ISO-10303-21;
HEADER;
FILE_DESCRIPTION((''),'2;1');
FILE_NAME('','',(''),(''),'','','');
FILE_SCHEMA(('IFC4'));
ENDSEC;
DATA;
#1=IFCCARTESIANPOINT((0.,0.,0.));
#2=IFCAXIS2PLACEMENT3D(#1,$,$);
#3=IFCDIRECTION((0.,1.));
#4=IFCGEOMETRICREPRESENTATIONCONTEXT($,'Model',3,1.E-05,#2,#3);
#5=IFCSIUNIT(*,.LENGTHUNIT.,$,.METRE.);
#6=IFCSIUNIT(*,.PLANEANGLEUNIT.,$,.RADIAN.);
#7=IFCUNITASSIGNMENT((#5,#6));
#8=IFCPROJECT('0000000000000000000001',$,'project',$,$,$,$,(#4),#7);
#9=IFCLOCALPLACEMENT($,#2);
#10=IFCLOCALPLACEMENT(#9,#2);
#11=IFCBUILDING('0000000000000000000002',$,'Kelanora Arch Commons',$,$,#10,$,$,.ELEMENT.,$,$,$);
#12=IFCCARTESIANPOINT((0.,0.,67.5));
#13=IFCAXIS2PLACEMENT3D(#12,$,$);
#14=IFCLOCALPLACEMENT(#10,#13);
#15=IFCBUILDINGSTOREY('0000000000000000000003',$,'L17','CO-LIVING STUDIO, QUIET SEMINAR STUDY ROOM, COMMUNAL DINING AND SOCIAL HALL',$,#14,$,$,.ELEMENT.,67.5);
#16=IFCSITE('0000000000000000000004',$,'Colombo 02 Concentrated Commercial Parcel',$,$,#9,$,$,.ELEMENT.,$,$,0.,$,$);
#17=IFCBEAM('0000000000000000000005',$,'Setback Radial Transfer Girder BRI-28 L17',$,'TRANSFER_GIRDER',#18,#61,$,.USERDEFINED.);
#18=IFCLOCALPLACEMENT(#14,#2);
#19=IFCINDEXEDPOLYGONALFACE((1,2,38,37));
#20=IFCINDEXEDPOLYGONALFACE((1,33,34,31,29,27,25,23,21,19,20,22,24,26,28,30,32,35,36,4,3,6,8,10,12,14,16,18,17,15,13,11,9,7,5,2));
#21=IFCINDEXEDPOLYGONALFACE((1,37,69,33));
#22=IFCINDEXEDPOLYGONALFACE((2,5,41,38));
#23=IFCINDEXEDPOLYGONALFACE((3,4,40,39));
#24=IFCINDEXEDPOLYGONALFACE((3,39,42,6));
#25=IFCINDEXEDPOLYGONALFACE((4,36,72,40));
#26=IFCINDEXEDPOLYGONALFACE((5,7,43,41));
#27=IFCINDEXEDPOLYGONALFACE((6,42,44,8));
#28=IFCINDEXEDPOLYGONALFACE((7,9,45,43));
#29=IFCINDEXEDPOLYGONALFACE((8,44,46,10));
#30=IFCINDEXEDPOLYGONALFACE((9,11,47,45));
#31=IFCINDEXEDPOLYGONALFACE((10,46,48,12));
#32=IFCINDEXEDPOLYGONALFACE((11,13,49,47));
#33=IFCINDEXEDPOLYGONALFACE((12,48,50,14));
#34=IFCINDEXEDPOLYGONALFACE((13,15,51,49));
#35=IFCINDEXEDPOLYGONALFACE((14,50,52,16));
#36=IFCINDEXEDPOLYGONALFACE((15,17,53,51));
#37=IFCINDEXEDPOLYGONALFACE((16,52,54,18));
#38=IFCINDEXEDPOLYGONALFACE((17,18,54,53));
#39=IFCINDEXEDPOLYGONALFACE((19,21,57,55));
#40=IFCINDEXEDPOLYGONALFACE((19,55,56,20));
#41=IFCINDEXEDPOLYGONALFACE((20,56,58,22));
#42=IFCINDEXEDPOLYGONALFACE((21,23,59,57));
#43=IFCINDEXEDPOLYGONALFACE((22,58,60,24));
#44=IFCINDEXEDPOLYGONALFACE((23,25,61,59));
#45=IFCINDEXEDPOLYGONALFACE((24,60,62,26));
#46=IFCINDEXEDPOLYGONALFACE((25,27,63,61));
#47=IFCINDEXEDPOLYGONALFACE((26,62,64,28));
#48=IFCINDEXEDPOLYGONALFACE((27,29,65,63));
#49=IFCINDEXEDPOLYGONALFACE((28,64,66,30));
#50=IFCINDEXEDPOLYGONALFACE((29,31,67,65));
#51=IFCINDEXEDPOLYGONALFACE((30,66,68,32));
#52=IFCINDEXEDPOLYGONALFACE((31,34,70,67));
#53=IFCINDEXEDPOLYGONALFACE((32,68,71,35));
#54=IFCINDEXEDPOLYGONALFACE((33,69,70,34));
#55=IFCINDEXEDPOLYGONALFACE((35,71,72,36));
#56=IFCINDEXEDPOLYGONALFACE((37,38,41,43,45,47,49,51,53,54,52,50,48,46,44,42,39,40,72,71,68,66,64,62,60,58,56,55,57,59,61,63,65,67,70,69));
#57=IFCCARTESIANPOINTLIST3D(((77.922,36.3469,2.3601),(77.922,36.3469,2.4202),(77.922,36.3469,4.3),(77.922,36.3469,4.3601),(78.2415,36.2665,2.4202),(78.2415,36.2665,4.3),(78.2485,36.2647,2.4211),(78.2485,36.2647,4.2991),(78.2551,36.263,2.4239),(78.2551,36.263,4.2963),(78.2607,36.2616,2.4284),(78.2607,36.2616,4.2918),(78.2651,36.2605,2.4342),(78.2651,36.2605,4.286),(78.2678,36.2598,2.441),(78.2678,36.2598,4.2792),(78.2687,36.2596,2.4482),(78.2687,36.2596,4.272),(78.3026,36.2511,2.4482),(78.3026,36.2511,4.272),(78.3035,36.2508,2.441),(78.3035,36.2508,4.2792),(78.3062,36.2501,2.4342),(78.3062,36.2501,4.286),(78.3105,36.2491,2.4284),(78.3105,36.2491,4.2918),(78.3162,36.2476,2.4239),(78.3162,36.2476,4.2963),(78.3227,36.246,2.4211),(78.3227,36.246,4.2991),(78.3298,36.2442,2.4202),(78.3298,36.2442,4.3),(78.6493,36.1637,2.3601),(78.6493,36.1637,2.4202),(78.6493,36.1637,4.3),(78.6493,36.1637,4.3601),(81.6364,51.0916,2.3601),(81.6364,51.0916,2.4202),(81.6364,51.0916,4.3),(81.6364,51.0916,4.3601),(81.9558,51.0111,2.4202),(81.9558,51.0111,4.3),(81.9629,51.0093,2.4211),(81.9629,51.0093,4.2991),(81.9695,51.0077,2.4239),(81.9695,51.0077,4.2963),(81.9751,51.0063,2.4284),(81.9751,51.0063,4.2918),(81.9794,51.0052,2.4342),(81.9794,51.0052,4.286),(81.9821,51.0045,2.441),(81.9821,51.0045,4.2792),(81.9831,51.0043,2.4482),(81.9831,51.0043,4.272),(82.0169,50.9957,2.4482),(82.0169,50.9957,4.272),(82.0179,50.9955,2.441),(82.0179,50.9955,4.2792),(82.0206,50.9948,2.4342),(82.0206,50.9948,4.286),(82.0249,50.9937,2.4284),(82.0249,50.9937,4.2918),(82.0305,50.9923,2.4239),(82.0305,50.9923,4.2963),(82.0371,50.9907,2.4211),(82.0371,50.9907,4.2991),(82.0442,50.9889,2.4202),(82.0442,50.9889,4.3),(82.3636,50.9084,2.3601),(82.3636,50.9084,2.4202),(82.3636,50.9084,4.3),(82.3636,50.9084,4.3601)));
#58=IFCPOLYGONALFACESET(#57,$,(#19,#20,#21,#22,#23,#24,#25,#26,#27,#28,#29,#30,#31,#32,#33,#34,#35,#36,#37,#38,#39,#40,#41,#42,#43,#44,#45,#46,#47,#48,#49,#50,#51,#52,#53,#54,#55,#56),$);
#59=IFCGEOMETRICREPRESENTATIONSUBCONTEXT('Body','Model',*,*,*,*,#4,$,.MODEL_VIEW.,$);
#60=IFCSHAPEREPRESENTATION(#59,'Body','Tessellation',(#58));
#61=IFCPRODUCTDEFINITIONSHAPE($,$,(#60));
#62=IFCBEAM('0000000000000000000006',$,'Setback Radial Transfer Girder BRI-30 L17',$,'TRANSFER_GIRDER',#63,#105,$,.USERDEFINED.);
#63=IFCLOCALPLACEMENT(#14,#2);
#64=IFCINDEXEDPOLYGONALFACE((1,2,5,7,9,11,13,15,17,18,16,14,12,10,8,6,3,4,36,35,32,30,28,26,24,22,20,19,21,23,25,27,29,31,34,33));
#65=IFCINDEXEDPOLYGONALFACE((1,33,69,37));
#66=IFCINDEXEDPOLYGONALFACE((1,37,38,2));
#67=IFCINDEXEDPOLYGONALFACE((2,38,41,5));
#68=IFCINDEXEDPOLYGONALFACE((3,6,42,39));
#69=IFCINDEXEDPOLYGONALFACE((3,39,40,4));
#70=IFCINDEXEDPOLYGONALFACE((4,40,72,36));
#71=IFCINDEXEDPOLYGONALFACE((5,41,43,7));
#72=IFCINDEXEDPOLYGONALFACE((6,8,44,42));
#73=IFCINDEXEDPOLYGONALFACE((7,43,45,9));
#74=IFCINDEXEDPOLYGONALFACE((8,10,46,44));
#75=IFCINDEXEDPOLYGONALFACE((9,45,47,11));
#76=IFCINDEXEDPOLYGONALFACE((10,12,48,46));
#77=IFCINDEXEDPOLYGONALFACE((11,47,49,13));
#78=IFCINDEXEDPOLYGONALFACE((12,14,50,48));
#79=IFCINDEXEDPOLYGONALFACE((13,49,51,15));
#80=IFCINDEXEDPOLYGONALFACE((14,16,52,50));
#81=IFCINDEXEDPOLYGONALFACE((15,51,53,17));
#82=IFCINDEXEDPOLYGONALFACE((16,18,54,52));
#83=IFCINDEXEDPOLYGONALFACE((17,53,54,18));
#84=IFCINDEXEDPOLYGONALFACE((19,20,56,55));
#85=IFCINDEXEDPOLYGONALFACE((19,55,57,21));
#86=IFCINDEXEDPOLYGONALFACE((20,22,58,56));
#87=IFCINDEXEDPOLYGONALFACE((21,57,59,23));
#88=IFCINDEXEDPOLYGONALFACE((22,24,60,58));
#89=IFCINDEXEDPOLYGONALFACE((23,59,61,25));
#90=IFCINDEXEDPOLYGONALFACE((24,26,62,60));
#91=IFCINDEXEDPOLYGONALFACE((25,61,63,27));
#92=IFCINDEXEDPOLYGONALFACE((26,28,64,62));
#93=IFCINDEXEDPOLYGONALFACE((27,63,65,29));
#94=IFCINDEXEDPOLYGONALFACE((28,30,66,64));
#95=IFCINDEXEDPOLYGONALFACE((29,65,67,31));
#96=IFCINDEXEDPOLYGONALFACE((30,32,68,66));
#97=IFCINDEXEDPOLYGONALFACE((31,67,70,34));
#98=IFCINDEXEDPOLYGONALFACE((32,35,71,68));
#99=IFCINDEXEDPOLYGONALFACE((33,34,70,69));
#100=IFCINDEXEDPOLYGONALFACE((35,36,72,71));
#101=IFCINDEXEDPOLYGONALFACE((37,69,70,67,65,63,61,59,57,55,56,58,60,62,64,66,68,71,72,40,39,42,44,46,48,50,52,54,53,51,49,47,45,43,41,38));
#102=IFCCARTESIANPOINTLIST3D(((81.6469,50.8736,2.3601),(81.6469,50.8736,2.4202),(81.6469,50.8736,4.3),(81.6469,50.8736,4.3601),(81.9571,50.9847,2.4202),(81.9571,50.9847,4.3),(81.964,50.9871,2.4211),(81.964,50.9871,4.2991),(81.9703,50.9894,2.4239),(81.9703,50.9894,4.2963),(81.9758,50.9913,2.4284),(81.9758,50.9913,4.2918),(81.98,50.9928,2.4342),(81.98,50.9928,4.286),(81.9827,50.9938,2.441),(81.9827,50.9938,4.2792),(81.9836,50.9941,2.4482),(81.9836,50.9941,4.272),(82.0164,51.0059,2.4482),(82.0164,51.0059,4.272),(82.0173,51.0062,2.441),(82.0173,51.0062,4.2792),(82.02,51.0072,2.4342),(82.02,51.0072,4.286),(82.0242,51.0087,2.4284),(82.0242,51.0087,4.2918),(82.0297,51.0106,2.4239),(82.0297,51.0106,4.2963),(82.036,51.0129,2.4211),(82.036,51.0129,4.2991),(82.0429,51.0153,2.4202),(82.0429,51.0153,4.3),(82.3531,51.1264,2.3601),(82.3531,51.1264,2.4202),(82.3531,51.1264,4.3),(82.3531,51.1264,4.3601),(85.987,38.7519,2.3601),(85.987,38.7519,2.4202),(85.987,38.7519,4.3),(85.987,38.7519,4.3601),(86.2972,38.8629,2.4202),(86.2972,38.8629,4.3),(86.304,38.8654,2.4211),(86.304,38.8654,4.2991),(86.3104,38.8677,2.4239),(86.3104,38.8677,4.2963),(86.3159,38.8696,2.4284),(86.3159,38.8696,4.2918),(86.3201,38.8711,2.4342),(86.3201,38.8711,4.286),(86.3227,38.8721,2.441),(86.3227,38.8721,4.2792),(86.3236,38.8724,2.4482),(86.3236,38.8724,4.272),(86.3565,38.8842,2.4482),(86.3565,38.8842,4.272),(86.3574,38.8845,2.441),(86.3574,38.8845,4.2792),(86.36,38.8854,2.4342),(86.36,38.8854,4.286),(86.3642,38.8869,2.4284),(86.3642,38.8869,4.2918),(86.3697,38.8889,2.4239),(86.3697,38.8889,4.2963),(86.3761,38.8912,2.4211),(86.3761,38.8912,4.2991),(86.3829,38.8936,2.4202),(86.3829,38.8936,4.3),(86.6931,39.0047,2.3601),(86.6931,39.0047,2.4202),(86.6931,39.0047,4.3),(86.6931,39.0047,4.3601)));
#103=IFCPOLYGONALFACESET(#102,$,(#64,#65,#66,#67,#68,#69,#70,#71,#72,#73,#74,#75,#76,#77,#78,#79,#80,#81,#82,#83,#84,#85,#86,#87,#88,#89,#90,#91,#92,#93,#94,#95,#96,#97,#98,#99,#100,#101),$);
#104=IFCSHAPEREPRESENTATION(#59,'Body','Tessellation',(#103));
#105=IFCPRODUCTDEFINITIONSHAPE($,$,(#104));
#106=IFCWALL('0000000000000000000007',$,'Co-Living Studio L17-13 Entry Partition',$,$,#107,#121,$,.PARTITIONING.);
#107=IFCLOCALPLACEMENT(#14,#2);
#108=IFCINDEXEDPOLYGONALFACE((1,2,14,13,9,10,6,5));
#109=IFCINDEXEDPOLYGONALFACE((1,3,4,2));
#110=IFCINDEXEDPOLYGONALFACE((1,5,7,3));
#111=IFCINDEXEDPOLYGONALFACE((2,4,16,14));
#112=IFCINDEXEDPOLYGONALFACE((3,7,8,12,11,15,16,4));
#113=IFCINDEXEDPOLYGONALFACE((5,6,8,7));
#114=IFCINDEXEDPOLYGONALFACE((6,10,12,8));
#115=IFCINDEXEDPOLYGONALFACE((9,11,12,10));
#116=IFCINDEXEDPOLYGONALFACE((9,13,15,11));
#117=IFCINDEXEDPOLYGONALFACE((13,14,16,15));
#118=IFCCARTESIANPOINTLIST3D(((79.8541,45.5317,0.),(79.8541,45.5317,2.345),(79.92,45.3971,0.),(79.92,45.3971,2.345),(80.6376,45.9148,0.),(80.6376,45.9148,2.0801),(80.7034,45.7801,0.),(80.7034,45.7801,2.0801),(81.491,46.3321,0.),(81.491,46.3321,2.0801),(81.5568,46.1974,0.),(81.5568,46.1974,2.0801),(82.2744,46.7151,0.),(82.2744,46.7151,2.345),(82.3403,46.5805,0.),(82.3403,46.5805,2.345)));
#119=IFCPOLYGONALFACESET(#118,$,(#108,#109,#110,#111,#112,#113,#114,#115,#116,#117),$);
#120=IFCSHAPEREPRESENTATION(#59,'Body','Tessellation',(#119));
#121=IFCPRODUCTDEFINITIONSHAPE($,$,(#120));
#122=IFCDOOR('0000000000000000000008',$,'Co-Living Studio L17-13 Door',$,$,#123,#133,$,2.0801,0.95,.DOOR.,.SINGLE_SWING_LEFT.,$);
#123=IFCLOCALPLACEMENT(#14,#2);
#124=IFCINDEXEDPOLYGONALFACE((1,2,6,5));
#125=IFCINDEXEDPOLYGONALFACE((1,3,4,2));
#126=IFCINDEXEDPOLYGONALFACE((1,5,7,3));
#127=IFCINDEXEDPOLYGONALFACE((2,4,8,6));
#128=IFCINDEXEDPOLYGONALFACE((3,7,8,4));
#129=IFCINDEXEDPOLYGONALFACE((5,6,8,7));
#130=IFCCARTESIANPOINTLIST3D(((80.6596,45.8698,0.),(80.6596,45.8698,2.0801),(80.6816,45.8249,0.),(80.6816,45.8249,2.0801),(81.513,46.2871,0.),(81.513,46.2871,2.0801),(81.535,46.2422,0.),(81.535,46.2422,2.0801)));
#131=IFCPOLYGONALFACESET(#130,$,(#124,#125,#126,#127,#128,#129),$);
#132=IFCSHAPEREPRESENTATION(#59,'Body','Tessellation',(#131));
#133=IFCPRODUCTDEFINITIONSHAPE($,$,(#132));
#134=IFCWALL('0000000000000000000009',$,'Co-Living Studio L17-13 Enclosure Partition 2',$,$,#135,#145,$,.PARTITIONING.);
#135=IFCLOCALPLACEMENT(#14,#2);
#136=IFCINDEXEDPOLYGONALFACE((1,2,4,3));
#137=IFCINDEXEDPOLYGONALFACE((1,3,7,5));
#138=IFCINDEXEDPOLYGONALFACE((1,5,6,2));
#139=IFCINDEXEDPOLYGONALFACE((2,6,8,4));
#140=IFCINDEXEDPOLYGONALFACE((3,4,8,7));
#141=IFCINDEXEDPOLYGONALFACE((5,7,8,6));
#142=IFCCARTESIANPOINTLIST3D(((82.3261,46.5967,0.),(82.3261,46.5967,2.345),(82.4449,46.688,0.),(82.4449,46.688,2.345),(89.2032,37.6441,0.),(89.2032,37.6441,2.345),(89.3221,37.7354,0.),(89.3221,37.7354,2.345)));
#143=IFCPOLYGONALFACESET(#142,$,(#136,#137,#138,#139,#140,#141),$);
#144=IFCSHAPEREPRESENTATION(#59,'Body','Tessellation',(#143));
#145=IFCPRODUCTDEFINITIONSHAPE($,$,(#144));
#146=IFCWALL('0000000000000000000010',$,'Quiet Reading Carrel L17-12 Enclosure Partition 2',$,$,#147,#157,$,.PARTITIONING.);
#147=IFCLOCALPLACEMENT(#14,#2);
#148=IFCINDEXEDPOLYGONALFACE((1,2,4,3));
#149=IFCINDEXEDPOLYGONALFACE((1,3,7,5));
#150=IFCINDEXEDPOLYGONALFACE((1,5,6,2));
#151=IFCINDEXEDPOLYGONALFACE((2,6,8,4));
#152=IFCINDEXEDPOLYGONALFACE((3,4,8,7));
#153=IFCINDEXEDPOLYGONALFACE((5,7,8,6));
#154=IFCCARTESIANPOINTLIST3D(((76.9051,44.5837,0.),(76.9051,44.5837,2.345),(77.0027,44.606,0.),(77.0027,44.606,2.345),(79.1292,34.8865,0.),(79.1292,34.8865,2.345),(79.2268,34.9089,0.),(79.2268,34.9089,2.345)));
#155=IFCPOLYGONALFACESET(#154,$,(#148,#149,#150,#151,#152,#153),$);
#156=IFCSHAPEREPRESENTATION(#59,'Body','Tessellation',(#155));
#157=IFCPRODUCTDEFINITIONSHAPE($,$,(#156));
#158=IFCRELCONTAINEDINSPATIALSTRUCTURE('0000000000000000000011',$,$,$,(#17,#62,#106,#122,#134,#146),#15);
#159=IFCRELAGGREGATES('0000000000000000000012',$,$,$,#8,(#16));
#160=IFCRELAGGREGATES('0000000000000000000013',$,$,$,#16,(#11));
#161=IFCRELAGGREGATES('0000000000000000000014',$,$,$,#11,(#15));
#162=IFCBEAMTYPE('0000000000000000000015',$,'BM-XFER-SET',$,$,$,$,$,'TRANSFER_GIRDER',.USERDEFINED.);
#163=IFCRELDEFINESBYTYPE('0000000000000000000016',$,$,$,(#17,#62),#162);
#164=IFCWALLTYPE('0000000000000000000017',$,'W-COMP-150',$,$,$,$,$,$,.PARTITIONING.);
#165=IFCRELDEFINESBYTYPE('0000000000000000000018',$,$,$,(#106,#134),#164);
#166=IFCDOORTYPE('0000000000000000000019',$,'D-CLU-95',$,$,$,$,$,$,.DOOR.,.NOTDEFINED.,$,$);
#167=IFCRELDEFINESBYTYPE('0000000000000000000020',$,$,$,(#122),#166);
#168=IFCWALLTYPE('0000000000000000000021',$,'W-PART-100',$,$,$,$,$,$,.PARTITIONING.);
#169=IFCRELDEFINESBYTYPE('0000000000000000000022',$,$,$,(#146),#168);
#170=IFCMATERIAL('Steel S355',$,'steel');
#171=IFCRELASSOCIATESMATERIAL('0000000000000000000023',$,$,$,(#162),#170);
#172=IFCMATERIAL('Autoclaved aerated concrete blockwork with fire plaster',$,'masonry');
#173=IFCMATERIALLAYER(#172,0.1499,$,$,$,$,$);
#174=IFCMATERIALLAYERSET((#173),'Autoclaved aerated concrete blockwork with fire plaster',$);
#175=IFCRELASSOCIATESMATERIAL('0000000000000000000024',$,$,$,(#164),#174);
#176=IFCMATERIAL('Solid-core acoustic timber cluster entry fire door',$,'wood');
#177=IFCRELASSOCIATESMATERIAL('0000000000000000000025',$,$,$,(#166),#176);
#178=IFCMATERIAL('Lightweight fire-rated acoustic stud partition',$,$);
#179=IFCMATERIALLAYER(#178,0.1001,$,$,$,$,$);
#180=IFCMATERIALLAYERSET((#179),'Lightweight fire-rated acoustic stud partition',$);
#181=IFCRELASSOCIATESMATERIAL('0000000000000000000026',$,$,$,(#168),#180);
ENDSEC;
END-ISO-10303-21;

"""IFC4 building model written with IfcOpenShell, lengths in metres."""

from ifc_helpers import new_model, si_unit, direction, frame, frame_2d, origin, origin_2d, place, context, subcontext, project, spatial, rectangle, i_section, extrude, material, layer, layer_set, material_profile, profile_set, type_object, element, fill, save


model = new_model("IFC4")

# Units and contexts
model_context = context("Model", 3, precision=1e-05, world=origin(), true_north=direction((0.0, 1.0)))
body_context = subcontext(model_context, "Body", "Model", "MODEL_VIEW")
ifc_project = project(units=[si_unit("LENGTHUNIT", "METRE"), si_unit("PLANEANGLEUNIT", "RADIAN")], contexts=[model_context])

# Site, building, storey
site_placement = place(None, origin())
site = spatial("IfcSite", under=ifc_project, at=site_placement, Name="Colombo 02 Concentrated Commercial Parcel", CompositionType="ELEMENT", RefElevation=0.0)
building_placement = place(site_placement, origin())
building = spatial("IfcBuilding", under=site, at=building_placement, Name="Kelanora Arch Commons", CompositionType="ELEMENT")
storey_placement = place(building_placement, frame((0.0, 0.0, 67.5)))
storey = spatial("IfcBuildingStorey", under=building, at=storey_placement, Name="L17", Description="CO-LIVING STUDIO, QUIET SEMINAR STUDY ROOM, COMMUNAL DINING AND SOCIAL HALL", CompositionType="ELEMENT", Elevation=67.5)

# Beams
ifc_material_1 = material(Name="Steel S355", Category="steel")
ifc_material_profile_1 = material_profile(ifc_material_1, i_section(OverallWidth=0.75, OverallDepth=2.0, WebThickness=0.0349, FlangeThickness=0.0601, FilletRadius=0.0281, at=origin_2d()), Name="PG2000x750")
ifc_profile_set_1 = profile_set([ifc_material_profile_1], Name="Steel S355")
beam_type_1 = type_object("IfcBeamType", Name="BM-XFER-SET", ElementType="TRANSFER_GIRDER", PredefinedType="USERDEFINED", material=ifc_profile_set_1)
beam_1_placement = place(storey_placement, frame((82.0, 51.0, 3.3601), z_axis=(-0.244281, -0.969705, 0.0), x_axis=(0.969705, -0.244281, 0.0)))
element("IfcBeam", 1, at=beam_1_placement, inside=storey, type_object=beam_type_1, Name="Setback Radial Transfer Girder BRI-28 L17", ObjectType="TRANSFER_GIRDER", PredefinedType="USERDEFINED", context=body_context, shape_type="SweptSolid", body=[
    extrude(i_section(OverallWidth=0.75, OverallDepth=2.0, WebThickness=0.0349, FlangeThickness=0.0601, FilletRadius=0.0281, at=origin_2d()), origin(), (0.0, 0.0, 1.0), 15.2053),
])
beam_2_placement = place(storey_placement, frame((82.0, 51.0, 3.3601), z_axis=(0.337085, -0.941474, 0.0), x_axis=(0.941474, 0.337085, 0.0)))
element("IfcBeam", 2, at=beam_2_placement, inside=storey, type_object=beam_type_1, Name="Setback Radial Transfer Girder BRI-30 L17", ObjectType="TRANSFER_GIRDER", PredefinedType="USERDEFINED", context=body_context, shape_type="SweptSolid", body=[
    extrude(i_section(OverallWidth=0.75, OverallDepth=2.0, WebThickness=0.0349, FlangeThickness=0.0601, FilletRadius=0.0281, at=origin_2d()), origin(), (0.0, 0.0, 1.0), 12.8752),
])

# Wall, opening, door
ifc_material_2 = material(Name="Autoclaved aerated concrete blockwork with fire plaster", Category="masonry")
ifc_layer_1 = layer(ifc_material_2, 0.1499)
ifc_layer_set_1 = layer_set([ifc_layer_1], Name="Autoclaved aerated concrete blockwork with fire plaster")
wall_type_1 = type_object("IfcWallType", Name="W-COMP-150", PredefinedType="PARTITIONING", material=ifc_layer_set_1)
wall_1_placement = place(storey_placement, frame((79.887, 45.4644, 0.0), z_axis=(0.0, 0.0, 1.0), x_axis=(0.898361, 0.439257, 0.0)))
wall_1 = element("IfcWall", 3, at=wall_1_placement, inside=storey, type_object=wall_type_1, Name="Co-Living Studio L17-13 Entry Partition", PredefinedType="PARTITIONING", context=body_context, shape_type="SweptSolid", body=[
    extrude(rectangle(XDim=2.6941, YDim=0.1499, at=frame_2d((1.3472, 0.0))), origin(), (0.0, 0.0, 1.0), 2.345),
])
opening_1_placement = place(wall_1_placement, frame((0.8721, 0.0, 0.0)))
opening_1 = element("IfcOpeningElement", 4, at=opening_1_placement, cuts=wall_1, PredefinedType="OPENING", context=body_context, shape_type="SweptSolid", body=[
    extrude(rectangle(XDim=0.95, YDim=2.0801, at=frame_2d((0.4751, 1.04))), frame((0.0, 0.085, 0.0), z_axis=(0.0, -1.0, 0.0), x_axis=(1.0, 0.0, 0.0)), (0.0, 0.0, 1.0), 0.1699),
])
ifc_material_3 = material(Name="Solid-core acoustic timber cluster entry fire door", Category="wood")
door_type_1 = type_object("IfcDoorType", Name="D-CLU-95", OperationType="NOTDEFINED", PredefinedType="DOOR", material=ifc_material_3)
door_1_placement = place(opening_1_placement, origin())
door_1 = element("IfcDoor", 5, at=door_1_placement, inside=storey, type_object=door_type_1, Name="Co-Living Studio L17-13 Door", OperationType="SINGLE_SWING_LEFT", OverallHeight=2.0801, OverallWidth=0.95, PredefinedType="DOOR", context=body_context, shape_type="SweptSolid", body=[
    extrude(rectangle(XDim=0.95, YDim=2.0801, at=frame_2d((0.4751, 1.04))), frame((0.0, 0.0249, 0.0), z_axis=(0.0, -1.0, 0.0), x_axis=(1.0, 0.0, 0.0)), (0.0, 0.0, 1.0), 0.05),
])
fill(opening_1, door_1)

# Walls
wall_2_placement = place(storey_placement, frame((82.3855, 46.6423, 0.0), z_axis=(0.0, 0.0, 1.0), x_axis=(0.609185, -0.793028, 0.0)))
element("IfcWall", 6, at=wall_2_placement, inside=storey, type_object=wall_type_1, Name="Co-Living Studio L17-13 Enclosure Partition 2", PredefinedType="PARTITIONING", context=body_context, shape_type="SweptSolid", body=[
    extrude(rectangle(XDim=11.2891, YDim=0.1499, at=frame_2d((5.6445, 0.0))), origin(), (0.0, 0.0, 1.0), 2.345),
])
ifc_material_4 = material(Name="Lightweight fire-rated acoustic stud partition")
ifc_layer_2 = layer(ifc_material_4, 0.1001)
ifc_layer_set_2 = layer_set([ifc_layer_2], Name="Lightweight fire-rated acoustic stud partition")
wall_type_2 = type_object("IfcWallType", Name="W-PART-100", PredefinedType="PARTITIONING", material=ifc_layer_set_2)
wall_3_placement = place(storey_placement, frame((76.9539, 44.595, 0.0), z_axis=(0.0, 0.0, 1.0), x_axis=(0.223551, -0.974692, 0.0)))
element("IfcWall", 7, at=wall_3_placement, inside=storey, type_object=wall_type_2, Name="Quiet Reading Carrel L17-12 Enclosure Partition 2", PredefinedType="PARTITIONING", context=body_context, shape_type="SweptSolid", body=[
    extrude(rectangle(XDim=9.949, YDim=0.1001, at=frame_2d((4.9746, 0.0))), origin(), (0.0, 0.0, 1.0), 2.345),
])

save(model, "model.ifc")
